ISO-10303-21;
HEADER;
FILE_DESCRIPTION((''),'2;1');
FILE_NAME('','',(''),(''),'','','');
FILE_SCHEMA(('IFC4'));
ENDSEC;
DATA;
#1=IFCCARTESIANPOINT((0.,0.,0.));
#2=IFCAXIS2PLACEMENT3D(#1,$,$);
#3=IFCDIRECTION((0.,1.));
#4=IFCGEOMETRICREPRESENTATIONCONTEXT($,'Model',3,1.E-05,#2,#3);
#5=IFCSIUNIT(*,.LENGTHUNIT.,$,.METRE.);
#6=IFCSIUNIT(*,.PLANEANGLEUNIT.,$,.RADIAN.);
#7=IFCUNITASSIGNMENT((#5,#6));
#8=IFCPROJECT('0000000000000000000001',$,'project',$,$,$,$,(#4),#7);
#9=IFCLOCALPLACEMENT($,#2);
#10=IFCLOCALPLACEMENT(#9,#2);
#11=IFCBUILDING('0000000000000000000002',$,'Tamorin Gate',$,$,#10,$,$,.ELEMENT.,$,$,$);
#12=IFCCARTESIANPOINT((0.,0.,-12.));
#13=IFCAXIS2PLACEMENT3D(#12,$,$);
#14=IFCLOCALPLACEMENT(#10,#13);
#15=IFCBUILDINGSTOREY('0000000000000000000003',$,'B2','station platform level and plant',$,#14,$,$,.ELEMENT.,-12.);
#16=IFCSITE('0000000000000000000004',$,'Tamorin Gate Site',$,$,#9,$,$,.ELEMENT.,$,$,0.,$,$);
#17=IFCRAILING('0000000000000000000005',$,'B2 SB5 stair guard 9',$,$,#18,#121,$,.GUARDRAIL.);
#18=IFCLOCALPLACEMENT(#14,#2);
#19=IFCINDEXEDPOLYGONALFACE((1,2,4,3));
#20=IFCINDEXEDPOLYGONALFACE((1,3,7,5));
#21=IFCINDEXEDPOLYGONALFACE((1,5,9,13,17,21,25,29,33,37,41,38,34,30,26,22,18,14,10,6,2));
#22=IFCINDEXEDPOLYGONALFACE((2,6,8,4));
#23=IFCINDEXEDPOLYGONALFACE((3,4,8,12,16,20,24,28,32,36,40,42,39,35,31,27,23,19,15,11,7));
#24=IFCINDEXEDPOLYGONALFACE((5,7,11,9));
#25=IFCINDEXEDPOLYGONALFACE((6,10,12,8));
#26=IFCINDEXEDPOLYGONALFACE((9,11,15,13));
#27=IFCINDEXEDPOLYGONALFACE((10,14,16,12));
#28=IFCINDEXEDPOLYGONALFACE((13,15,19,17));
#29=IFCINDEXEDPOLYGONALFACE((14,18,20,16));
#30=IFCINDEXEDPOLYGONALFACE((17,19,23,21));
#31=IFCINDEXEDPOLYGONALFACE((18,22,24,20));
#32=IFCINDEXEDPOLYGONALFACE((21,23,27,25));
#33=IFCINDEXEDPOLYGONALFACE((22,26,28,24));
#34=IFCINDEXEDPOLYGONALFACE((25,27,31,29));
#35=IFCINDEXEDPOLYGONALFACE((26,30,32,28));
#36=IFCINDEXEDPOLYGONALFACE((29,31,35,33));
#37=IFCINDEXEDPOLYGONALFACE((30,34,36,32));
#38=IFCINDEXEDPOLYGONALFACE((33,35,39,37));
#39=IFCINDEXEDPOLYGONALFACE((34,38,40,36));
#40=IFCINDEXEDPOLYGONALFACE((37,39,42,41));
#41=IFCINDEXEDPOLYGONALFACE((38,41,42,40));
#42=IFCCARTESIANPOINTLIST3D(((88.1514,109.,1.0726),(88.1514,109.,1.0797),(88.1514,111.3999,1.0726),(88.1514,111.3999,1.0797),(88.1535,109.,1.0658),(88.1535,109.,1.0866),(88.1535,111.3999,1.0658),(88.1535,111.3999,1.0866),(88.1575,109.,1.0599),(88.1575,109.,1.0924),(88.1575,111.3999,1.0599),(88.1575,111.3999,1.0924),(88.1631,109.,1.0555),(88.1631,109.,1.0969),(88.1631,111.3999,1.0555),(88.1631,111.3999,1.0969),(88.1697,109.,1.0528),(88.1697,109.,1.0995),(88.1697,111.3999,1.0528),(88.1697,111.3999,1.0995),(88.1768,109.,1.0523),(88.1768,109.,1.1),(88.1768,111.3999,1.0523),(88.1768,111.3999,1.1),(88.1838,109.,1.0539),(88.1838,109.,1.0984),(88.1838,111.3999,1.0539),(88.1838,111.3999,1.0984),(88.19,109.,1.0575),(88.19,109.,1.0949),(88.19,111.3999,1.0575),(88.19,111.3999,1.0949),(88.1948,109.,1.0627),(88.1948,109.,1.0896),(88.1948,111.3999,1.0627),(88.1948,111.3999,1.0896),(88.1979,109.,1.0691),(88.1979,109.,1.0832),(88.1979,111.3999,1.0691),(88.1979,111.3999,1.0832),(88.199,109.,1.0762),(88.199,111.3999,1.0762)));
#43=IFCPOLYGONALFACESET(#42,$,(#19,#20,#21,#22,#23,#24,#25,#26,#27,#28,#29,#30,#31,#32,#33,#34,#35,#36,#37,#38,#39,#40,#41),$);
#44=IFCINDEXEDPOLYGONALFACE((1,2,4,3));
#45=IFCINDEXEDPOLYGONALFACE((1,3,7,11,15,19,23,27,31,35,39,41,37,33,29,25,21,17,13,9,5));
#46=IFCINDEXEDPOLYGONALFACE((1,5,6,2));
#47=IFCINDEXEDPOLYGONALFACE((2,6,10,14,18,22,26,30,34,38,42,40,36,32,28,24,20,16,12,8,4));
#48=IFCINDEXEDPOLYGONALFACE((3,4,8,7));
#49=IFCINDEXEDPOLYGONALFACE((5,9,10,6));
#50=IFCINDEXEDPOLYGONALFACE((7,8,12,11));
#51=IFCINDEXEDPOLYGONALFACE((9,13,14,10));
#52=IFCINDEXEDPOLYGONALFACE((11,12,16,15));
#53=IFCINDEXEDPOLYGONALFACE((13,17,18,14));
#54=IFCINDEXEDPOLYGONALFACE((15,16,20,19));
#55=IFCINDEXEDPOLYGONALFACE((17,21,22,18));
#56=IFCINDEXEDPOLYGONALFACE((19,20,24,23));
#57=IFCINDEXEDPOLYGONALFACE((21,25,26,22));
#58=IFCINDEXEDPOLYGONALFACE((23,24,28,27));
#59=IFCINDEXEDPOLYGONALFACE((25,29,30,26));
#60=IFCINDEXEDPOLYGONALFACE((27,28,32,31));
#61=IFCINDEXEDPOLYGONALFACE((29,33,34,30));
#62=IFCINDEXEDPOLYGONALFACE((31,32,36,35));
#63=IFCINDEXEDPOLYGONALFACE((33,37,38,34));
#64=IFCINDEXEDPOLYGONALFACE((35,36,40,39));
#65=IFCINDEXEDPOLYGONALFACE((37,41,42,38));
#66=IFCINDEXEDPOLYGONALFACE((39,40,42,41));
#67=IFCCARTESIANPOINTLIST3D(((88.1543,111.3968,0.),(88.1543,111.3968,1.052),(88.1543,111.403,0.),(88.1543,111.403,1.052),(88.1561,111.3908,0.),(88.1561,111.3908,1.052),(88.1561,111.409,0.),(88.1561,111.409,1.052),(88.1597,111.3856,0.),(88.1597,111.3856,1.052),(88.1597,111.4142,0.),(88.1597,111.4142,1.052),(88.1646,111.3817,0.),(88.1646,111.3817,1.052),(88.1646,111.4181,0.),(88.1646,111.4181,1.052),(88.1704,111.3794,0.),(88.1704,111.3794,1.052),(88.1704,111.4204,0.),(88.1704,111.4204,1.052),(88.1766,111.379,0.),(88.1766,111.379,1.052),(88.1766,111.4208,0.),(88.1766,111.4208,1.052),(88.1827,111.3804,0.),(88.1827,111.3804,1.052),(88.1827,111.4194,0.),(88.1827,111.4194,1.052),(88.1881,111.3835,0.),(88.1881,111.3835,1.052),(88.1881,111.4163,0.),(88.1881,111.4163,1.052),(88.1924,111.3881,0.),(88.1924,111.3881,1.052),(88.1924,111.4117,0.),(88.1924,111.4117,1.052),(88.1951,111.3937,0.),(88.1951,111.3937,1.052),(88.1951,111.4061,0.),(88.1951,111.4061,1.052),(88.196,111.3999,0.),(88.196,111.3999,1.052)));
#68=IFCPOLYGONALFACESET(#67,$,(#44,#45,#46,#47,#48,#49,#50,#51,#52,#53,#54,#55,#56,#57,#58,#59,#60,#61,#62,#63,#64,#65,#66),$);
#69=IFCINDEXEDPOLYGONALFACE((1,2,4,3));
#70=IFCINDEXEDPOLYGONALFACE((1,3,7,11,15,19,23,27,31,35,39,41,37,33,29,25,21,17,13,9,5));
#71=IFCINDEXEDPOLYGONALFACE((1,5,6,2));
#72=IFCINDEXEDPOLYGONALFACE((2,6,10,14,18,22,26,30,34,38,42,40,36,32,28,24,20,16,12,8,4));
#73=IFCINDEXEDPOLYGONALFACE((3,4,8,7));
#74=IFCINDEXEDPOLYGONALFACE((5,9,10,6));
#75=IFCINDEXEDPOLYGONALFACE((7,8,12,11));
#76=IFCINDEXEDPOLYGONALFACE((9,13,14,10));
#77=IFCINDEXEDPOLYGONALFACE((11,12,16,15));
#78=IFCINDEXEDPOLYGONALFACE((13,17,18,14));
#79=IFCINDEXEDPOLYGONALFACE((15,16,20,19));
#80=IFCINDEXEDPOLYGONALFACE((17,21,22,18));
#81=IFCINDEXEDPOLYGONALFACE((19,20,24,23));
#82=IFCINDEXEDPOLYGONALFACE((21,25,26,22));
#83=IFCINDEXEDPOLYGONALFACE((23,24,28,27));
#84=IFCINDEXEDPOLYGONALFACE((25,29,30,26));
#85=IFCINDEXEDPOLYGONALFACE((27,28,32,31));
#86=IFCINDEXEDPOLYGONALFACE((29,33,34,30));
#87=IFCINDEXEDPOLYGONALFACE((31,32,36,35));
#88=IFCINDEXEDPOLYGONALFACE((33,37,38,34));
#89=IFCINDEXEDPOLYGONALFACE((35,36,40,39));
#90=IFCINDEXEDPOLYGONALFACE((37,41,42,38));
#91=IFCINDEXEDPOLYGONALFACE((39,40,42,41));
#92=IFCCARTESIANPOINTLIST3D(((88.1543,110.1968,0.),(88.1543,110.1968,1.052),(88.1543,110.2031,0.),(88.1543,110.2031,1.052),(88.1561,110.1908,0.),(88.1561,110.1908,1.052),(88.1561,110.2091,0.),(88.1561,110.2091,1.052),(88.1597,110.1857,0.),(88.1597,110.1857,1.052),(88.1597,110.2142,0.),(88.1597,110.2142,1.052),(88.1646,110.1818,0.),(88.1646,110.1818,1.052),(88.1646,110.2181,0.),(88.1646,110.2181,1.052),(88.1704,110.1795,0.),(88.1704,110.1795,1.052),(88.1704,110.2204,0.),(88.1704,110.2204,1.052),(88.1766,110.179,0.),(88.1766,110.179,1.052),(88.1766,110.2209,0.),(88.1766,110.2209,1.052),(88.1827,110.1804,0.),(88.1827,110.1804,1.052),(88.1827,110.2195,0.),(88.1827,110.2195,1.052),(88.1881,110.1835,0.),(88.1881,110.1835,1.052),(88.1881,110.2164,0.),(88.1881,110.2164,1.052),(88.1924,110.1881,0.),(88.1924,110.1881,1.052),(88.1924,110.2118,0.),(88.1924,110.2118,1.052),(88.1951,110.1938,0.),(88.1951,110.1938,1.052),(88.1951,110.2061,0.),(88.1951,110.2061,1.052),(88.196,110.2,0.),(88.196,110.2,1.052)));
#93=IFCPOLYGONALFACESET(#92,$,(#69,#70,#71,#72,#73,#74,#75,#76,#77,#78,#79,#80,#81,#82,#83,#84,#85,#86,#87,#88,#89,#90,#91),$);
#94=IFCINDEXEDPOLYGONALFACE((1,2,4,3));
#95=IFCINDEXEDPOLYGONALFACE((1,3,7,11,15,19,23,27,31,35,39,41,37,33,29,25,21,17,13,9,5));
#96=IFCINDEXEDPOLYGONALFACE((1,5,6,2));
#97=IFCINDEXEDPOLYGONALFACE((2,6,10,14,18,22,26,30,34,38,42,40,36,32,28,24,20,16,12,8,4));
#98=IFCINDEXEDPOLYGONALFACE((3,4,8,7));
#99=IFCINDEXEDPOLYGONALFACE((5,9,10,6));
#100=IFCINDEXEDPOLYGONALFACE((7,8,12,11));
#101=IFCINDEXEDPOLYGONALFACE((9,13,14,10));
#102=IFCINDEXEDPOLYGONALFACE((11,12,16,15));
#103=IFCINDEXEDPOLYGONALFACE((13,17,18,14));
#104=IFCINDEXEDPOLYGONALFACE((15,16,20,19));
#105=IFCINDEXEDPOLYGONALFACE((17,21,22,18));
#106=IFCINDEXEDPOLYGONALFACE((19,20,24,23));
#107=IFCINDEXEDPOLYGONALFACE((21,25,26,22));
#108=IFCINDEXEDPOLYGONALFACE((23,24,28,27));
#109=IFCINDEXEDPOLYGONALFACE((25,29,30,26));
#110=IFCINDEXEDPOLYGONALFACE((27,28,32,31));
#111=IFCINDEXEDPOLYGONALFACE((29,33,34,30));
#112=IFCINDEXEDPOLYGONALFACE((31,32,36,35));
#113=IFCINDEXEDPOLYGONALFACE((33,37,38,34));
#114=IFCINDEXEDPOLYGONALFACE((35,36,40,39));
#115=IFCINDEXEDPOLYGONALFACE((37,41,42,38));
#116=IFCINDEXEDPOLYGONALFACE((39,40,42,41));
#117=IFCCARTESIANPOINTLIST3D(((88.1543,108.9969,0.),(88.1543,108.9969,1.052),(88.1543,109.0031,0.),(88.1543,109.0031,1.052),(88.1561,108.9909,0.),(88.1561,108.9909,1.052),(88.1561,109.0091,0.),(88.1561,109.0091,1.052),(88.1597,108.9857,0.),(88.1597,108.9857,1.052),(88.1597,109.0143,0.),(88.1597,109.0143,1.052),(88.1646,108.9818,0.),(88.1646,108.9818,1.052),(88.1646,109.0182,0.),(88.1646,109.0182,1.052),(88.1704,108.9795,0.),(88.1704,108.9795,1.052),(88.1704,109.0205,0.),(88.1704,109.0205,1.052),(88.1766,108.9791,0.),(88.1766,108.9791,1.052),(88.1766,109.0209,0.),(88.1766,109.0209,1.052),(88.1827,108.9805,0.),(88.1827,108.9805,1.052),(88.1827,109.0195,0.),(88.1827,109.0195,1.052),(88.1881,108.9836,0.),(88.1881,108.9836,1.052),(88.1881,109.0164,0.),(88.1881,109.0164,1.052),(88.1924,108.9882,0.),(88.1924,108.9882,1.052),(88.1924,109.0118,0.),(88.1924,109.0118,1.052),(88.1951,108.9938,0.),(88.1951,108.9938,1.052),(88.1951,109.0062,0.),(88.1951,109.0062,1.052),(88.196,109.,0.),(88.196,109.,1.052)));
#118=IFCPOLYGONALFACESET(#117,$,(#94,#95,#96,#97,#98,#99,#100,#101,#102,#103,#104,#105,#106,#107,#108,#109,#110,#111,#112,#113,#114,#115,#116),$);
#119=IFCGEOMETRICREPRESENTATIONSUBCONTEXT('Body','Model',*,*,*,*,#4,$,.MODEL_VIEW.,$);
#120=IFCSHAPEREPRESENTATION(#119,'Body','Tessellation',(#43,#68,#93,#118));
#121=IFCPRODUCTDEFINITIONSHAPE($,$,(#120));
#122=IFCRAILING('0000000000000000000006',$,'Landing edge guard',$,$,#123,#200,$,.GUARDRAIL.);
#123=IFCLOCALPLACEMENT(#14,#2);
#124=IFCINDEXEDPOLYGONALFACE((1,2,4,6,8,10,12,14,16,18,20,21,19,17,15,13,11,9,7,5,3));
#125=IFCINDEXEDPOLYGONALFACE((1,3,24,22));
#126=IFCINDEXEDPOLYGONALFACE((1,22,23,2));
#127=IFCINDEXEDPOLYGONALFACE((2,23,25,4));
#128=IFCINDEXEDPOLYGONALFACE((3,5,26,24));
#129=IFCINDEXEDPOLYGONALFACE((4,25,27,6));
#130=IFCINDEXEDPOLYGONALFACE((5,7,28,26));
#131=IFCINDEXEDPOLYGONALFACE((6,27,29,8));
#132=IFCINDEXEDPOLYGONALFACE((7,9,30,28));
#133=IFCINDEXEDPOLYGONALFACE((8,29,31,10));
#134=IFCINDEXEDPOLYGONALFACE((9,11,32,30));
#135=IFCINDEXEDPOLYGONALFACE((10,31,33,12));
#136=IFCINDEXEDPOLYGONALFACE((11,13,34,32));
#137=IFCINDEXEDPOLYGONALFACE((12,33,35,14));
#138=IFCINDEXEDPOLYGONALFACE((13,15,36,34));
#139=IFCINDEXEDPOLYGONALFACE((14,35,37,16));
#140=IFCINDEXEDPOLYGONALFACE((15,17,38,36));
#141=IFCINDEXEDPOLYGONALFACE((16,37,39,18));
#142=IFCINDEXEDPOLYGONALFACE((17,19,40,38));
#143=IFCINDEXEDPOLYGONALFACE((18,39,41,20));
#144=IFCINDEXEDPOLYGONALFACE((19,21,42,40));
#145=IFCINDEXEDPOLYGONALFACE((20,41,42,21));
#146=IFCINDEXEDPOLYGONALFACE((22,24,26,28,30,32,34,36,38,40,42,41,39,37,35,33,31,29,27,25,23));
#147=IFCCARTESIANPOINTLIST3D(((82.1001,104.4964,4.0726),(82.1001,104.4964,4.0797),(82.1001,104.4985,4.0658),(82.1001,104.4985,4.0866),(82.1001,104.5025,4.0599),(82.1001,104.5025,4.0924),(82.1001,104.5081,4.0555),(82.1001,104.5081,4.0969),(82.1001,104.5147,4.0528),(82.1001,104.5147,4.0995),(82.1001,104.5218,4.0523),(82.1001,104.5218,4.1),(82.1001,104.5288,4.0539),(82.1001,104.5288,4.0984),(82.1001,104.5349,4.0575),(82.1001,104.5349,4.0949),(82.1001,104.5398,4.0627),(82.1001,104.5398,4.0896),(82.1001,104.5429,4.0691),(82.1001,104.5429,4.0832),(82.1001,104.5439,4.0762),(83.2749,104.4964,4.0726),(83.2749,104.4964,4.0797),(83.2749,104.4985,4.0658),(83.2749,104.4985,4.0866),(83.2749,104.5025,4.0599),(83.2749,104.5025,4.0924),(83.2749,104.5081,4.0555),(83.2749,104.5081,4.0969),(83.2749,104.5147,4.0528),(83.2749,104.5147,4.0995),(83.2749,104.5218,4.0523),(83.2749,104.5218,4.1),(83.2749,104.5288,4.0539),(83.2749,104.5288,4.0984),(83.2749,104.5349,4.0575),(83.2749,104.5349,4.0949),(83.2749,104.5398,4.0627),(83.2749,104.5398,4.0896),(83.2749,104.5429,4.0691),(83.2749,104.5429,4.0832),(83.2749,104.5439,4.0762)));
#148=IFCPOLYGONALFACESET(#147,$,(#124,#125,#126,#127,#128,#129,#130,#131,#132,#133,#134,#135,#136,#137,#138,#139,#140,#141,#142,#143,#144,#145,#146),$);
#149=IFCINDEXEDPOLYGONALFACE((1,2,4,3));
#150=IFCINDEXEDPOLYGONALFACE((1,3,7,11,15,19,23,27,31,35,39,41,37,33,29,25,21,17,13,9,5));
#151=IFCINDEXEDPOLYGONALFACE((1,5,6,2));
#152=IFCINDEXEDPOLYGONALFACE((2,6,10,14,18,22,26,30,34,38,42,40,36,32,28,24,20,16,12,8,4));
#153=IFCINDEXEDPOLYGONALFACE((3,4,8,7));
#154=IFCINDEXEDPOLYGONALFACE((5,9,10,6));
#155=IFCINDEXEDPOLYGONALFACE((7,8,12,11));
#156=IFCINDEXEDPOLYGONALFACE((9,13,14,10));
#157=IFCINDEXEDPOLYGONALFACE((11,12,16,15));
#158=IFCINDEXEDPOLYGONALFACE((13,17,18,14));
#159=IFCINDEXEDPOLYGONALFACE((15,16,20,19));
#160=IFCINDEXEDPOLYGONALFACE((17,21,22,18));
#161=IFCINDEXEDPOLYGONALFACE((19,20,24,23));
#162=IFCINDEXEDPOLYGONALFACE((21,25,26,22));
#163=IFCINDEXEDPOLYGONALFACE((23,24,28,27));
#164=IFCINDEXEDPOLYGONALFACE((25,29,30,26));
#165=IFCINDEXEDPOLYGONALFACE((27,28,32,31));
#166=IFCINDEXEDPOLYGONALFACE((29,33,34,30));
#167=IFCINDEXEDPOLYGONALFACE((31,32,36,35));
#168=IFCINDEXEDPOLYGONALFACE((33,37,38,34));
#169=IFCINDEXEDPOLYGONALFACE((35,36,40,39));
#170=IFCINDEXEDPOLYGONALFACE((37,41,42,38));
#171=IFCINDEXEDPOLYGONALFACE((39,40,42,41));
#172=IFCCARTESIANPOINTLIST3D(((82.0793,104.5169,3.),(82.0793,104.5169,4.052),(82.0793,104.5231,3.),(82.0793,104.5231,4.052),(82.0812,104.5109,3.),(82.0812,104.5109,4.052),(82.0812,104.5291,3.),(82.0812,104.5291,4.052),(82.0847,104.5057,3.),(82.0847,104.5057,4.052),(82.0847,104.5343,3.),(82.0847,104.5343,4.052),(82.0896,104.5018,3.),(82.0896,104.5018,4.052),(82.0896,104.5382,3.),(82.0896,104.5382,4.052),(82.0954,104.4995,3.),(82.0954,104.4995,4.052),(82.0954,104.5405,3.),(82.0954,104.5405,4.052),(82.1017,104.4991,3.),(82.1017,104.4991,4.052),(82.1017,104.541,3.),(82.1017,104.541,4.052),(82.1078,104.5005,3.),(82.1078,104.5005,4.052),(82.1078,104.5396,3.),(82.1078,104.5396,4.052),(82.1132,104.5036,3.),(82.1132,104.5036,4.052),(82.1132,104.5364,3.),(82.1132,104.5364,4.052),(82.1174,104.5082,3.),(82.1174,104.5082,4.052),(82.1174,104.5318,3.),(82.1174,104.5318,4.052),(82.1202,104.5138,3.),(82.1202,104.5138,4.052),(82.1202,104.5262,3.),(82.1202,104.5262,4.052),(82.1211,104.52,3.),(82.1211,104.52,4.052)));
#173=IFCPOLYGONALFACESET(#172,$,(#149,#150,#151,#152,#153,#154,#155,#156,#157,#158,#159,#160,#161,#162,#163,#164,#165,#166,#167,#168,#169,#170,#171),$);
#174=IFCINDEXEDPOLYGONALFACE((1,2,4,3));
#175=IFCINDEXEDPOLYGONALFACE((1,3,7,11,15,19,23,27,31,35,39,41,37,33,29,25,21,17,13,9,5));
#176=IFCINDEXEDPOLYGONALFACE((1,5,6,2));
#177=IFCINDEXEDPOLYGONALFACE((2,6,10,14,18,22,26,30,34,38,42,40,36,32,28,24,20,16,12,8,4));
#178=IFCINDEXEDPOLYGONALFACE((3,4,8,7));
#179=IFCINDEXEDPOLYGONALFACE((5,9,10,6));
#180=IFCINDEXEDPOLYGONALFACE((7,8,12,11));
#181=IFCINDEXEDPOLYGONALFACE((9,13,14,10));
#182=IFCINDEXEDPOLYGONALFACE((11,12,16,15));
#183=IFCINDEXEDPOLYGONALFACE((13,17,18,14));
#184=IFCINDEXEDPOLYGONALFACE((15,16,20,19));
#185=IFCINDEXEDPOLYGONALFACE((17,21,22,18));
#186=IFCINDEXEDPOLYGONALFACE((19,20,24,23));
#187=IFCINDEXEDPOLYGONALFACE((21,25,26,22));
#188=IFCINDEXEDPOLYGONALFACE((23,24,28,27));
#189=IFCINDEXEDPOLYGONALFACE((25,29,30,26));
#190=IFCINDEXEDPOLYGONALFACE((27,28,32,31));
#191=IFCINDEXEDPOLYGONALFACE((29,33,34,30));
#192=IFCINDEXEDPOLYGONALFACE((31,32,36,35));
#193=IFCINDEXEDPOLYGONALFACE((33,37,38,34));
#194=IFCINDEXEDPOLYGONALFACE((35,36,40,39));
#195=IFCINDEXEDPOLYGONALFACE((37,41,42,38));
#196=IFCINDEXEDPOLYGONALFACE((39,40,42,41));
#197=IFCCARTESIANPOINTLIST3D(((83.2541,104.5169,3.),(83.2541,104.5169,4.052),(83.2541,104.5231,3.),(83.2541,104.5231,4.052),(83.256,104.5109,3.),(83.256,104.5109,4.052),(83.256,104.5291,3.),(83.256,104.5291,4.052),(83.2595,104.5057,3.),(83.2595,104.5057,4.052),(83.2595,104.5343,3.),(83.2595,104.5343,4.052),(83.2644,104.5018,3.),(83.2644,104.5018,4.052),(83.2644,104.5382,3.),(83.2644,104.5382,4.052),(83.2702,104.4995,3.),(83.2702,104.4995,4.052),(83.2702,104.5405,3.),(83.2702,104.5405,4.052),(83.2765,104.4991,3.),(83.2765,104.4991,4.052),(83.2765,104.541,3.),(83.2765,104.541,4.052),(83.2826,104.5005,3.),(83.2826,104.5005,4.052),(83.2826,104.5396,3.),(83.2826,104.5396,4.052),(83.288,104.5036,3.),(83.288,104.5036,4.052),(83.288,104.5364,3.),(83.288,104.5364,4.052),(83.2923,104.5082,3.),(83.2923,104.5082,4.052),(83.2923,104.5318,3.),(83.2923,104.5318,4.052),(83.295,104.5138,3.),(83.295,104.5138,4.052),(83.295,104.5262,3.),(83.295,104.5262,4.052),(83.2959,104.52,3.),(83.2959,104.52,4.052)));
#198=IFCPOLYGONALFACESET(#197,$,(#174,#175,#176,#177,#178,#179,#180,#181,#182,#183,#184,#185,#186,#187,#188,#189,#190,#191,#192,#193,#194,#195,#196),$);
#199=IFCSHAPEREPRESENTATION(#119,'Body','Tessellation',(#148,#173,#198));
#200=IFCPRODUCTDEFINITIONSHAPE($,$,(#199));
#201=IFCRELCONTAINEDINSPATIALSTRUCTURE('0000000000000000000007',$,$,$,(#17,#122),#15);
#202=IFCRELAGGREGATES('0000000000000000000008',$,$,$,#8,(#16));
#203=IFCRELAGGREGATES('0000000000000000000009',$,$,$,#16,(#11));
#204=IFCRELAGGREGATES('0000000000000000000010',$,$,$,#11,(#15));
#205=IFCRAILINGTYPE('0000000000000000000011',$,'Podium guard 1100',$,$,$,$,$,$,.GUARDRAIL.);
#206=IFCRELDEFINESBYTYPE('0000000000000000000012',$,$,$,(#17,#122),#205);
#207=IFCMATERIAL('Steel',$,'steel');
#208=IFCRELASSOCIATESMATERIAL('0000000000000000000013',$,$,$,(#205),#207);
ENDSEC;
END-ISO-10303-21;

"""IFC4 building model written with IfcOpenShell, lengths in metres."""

from ifc_helpers import new_model, si_unit, direction, frame, origin, origin_2d, place, context, subcontext, project, spatial, circle, extrude, material, type_object, element, save


model = new_model("IFC4")

# Units and contexts
model_context = context("Model", 3, precision=1e-05, world=origin(), true_north=direction((0.0, 1.0)))
body_context = subcontext(model_context, "Body", "Model", "MODEL_VIEW")
ifc_project = project(units=[si_unit("LENGTHUNIT", "METRE"), si_unit("PLANEANGLEUNIT", "RADIAN")], contexts=[model_context])

# Site, building, storey
site_placement = place(None, origin())
site = spatial("IfcSite", under=ifc_project, at=site_placement, Name="Tamorin Gate Site", CompositionType="ELEMENT", RefElevation=0.0)
building_placement = place(site_placement, origin())
building = spatial("IfcBuilding", under=site, at=building_placement, Name="Tamorin Gate", CompositionType="ELEMENT")
storey_placement = place(building_placement, frame((0.0, 0.0, -12.0)))
storey = spatial("IfcBuildingStorey", under=building, at=storey_placement, Name="B2", Description="station platform level and plant", CompositionType="ELEMENT", Elevation=-12.0)

# Railings
ifc_material_1 = material(Name="Steel", Category="steel")
railing_type_1 = type_object("IfcRailingType", Name="Podium guard 1100", PredefinedType="GUARDRAIL", material=ifc_material_1)
for number, where, name in (
    (1, (88.175, 111.3999, 0.0), "B2 SB5 stair guard 9"),
):
    element("IfcRailing", number, at=place(storey_placement, frame(where)), inside=storey, type_object=railing_type_1, Name=name, PredefinedType="GUARDRAIL", context=body_context, shape_type="SweptSolid", body=[
        extrude(circle(Radius=0.0239, at=origin_2d()), frame((0.0, 0.0, 1.0762), z_axis=(0.0, -1.0, 0.0), x_axis=(1.0, 0.0, 0.0)), (0.0, 0.0, 1.0), 2.3999),
        extrude(circle(Radius=0.021, at=origin_2d()), origin(), (0.0, 0.0, 1.0), 1.052),
        extrude(circle(Radius=0.021, at=origin_2d()), frame((0.0, -1.2, 0.0)), (0.0, 0.0, 1.0), 1.052),
        extrude(circle(Radius=0.021, at=origin_2d()), frame((0.0, -2.3999, 0.0)), (0.0, 0.0, 1.0), 1.052),
    ])
for number, where, name in (
    (2, (82.1001, 104.52, 3.0), "Landing edge guard"),
):
    element("IfcRailing", number, at=place(storey_placement, frame(where)), inside=storey, type_object=railing_type_1, Name=name, PredefinedType="GUARDRAIL", context=body_context, shape_type="SweptSolid", body=[
        extrude(circle(Radius=0.0239, at=origin_2d()), frame((0.0, 0.0, 1.0762), z_axis=(1.0, 0.0, 0.0), x_axis=(0.0, 1.0, 0.0)), (0.0, 0.0, 1.0), 1.1748),
        extrude(circle(Radius=0.021, at=origin_2d()), origin(), (0.0, 0.0, 1.0), 1.052),
        extrude(circle(Radius=0.021, at=origin_2d()), frame((1.1748, 0.0, 0.0)), (0.0, 0.0, 1.0), 1.052),
    ])

save(model, "model.ifc")
